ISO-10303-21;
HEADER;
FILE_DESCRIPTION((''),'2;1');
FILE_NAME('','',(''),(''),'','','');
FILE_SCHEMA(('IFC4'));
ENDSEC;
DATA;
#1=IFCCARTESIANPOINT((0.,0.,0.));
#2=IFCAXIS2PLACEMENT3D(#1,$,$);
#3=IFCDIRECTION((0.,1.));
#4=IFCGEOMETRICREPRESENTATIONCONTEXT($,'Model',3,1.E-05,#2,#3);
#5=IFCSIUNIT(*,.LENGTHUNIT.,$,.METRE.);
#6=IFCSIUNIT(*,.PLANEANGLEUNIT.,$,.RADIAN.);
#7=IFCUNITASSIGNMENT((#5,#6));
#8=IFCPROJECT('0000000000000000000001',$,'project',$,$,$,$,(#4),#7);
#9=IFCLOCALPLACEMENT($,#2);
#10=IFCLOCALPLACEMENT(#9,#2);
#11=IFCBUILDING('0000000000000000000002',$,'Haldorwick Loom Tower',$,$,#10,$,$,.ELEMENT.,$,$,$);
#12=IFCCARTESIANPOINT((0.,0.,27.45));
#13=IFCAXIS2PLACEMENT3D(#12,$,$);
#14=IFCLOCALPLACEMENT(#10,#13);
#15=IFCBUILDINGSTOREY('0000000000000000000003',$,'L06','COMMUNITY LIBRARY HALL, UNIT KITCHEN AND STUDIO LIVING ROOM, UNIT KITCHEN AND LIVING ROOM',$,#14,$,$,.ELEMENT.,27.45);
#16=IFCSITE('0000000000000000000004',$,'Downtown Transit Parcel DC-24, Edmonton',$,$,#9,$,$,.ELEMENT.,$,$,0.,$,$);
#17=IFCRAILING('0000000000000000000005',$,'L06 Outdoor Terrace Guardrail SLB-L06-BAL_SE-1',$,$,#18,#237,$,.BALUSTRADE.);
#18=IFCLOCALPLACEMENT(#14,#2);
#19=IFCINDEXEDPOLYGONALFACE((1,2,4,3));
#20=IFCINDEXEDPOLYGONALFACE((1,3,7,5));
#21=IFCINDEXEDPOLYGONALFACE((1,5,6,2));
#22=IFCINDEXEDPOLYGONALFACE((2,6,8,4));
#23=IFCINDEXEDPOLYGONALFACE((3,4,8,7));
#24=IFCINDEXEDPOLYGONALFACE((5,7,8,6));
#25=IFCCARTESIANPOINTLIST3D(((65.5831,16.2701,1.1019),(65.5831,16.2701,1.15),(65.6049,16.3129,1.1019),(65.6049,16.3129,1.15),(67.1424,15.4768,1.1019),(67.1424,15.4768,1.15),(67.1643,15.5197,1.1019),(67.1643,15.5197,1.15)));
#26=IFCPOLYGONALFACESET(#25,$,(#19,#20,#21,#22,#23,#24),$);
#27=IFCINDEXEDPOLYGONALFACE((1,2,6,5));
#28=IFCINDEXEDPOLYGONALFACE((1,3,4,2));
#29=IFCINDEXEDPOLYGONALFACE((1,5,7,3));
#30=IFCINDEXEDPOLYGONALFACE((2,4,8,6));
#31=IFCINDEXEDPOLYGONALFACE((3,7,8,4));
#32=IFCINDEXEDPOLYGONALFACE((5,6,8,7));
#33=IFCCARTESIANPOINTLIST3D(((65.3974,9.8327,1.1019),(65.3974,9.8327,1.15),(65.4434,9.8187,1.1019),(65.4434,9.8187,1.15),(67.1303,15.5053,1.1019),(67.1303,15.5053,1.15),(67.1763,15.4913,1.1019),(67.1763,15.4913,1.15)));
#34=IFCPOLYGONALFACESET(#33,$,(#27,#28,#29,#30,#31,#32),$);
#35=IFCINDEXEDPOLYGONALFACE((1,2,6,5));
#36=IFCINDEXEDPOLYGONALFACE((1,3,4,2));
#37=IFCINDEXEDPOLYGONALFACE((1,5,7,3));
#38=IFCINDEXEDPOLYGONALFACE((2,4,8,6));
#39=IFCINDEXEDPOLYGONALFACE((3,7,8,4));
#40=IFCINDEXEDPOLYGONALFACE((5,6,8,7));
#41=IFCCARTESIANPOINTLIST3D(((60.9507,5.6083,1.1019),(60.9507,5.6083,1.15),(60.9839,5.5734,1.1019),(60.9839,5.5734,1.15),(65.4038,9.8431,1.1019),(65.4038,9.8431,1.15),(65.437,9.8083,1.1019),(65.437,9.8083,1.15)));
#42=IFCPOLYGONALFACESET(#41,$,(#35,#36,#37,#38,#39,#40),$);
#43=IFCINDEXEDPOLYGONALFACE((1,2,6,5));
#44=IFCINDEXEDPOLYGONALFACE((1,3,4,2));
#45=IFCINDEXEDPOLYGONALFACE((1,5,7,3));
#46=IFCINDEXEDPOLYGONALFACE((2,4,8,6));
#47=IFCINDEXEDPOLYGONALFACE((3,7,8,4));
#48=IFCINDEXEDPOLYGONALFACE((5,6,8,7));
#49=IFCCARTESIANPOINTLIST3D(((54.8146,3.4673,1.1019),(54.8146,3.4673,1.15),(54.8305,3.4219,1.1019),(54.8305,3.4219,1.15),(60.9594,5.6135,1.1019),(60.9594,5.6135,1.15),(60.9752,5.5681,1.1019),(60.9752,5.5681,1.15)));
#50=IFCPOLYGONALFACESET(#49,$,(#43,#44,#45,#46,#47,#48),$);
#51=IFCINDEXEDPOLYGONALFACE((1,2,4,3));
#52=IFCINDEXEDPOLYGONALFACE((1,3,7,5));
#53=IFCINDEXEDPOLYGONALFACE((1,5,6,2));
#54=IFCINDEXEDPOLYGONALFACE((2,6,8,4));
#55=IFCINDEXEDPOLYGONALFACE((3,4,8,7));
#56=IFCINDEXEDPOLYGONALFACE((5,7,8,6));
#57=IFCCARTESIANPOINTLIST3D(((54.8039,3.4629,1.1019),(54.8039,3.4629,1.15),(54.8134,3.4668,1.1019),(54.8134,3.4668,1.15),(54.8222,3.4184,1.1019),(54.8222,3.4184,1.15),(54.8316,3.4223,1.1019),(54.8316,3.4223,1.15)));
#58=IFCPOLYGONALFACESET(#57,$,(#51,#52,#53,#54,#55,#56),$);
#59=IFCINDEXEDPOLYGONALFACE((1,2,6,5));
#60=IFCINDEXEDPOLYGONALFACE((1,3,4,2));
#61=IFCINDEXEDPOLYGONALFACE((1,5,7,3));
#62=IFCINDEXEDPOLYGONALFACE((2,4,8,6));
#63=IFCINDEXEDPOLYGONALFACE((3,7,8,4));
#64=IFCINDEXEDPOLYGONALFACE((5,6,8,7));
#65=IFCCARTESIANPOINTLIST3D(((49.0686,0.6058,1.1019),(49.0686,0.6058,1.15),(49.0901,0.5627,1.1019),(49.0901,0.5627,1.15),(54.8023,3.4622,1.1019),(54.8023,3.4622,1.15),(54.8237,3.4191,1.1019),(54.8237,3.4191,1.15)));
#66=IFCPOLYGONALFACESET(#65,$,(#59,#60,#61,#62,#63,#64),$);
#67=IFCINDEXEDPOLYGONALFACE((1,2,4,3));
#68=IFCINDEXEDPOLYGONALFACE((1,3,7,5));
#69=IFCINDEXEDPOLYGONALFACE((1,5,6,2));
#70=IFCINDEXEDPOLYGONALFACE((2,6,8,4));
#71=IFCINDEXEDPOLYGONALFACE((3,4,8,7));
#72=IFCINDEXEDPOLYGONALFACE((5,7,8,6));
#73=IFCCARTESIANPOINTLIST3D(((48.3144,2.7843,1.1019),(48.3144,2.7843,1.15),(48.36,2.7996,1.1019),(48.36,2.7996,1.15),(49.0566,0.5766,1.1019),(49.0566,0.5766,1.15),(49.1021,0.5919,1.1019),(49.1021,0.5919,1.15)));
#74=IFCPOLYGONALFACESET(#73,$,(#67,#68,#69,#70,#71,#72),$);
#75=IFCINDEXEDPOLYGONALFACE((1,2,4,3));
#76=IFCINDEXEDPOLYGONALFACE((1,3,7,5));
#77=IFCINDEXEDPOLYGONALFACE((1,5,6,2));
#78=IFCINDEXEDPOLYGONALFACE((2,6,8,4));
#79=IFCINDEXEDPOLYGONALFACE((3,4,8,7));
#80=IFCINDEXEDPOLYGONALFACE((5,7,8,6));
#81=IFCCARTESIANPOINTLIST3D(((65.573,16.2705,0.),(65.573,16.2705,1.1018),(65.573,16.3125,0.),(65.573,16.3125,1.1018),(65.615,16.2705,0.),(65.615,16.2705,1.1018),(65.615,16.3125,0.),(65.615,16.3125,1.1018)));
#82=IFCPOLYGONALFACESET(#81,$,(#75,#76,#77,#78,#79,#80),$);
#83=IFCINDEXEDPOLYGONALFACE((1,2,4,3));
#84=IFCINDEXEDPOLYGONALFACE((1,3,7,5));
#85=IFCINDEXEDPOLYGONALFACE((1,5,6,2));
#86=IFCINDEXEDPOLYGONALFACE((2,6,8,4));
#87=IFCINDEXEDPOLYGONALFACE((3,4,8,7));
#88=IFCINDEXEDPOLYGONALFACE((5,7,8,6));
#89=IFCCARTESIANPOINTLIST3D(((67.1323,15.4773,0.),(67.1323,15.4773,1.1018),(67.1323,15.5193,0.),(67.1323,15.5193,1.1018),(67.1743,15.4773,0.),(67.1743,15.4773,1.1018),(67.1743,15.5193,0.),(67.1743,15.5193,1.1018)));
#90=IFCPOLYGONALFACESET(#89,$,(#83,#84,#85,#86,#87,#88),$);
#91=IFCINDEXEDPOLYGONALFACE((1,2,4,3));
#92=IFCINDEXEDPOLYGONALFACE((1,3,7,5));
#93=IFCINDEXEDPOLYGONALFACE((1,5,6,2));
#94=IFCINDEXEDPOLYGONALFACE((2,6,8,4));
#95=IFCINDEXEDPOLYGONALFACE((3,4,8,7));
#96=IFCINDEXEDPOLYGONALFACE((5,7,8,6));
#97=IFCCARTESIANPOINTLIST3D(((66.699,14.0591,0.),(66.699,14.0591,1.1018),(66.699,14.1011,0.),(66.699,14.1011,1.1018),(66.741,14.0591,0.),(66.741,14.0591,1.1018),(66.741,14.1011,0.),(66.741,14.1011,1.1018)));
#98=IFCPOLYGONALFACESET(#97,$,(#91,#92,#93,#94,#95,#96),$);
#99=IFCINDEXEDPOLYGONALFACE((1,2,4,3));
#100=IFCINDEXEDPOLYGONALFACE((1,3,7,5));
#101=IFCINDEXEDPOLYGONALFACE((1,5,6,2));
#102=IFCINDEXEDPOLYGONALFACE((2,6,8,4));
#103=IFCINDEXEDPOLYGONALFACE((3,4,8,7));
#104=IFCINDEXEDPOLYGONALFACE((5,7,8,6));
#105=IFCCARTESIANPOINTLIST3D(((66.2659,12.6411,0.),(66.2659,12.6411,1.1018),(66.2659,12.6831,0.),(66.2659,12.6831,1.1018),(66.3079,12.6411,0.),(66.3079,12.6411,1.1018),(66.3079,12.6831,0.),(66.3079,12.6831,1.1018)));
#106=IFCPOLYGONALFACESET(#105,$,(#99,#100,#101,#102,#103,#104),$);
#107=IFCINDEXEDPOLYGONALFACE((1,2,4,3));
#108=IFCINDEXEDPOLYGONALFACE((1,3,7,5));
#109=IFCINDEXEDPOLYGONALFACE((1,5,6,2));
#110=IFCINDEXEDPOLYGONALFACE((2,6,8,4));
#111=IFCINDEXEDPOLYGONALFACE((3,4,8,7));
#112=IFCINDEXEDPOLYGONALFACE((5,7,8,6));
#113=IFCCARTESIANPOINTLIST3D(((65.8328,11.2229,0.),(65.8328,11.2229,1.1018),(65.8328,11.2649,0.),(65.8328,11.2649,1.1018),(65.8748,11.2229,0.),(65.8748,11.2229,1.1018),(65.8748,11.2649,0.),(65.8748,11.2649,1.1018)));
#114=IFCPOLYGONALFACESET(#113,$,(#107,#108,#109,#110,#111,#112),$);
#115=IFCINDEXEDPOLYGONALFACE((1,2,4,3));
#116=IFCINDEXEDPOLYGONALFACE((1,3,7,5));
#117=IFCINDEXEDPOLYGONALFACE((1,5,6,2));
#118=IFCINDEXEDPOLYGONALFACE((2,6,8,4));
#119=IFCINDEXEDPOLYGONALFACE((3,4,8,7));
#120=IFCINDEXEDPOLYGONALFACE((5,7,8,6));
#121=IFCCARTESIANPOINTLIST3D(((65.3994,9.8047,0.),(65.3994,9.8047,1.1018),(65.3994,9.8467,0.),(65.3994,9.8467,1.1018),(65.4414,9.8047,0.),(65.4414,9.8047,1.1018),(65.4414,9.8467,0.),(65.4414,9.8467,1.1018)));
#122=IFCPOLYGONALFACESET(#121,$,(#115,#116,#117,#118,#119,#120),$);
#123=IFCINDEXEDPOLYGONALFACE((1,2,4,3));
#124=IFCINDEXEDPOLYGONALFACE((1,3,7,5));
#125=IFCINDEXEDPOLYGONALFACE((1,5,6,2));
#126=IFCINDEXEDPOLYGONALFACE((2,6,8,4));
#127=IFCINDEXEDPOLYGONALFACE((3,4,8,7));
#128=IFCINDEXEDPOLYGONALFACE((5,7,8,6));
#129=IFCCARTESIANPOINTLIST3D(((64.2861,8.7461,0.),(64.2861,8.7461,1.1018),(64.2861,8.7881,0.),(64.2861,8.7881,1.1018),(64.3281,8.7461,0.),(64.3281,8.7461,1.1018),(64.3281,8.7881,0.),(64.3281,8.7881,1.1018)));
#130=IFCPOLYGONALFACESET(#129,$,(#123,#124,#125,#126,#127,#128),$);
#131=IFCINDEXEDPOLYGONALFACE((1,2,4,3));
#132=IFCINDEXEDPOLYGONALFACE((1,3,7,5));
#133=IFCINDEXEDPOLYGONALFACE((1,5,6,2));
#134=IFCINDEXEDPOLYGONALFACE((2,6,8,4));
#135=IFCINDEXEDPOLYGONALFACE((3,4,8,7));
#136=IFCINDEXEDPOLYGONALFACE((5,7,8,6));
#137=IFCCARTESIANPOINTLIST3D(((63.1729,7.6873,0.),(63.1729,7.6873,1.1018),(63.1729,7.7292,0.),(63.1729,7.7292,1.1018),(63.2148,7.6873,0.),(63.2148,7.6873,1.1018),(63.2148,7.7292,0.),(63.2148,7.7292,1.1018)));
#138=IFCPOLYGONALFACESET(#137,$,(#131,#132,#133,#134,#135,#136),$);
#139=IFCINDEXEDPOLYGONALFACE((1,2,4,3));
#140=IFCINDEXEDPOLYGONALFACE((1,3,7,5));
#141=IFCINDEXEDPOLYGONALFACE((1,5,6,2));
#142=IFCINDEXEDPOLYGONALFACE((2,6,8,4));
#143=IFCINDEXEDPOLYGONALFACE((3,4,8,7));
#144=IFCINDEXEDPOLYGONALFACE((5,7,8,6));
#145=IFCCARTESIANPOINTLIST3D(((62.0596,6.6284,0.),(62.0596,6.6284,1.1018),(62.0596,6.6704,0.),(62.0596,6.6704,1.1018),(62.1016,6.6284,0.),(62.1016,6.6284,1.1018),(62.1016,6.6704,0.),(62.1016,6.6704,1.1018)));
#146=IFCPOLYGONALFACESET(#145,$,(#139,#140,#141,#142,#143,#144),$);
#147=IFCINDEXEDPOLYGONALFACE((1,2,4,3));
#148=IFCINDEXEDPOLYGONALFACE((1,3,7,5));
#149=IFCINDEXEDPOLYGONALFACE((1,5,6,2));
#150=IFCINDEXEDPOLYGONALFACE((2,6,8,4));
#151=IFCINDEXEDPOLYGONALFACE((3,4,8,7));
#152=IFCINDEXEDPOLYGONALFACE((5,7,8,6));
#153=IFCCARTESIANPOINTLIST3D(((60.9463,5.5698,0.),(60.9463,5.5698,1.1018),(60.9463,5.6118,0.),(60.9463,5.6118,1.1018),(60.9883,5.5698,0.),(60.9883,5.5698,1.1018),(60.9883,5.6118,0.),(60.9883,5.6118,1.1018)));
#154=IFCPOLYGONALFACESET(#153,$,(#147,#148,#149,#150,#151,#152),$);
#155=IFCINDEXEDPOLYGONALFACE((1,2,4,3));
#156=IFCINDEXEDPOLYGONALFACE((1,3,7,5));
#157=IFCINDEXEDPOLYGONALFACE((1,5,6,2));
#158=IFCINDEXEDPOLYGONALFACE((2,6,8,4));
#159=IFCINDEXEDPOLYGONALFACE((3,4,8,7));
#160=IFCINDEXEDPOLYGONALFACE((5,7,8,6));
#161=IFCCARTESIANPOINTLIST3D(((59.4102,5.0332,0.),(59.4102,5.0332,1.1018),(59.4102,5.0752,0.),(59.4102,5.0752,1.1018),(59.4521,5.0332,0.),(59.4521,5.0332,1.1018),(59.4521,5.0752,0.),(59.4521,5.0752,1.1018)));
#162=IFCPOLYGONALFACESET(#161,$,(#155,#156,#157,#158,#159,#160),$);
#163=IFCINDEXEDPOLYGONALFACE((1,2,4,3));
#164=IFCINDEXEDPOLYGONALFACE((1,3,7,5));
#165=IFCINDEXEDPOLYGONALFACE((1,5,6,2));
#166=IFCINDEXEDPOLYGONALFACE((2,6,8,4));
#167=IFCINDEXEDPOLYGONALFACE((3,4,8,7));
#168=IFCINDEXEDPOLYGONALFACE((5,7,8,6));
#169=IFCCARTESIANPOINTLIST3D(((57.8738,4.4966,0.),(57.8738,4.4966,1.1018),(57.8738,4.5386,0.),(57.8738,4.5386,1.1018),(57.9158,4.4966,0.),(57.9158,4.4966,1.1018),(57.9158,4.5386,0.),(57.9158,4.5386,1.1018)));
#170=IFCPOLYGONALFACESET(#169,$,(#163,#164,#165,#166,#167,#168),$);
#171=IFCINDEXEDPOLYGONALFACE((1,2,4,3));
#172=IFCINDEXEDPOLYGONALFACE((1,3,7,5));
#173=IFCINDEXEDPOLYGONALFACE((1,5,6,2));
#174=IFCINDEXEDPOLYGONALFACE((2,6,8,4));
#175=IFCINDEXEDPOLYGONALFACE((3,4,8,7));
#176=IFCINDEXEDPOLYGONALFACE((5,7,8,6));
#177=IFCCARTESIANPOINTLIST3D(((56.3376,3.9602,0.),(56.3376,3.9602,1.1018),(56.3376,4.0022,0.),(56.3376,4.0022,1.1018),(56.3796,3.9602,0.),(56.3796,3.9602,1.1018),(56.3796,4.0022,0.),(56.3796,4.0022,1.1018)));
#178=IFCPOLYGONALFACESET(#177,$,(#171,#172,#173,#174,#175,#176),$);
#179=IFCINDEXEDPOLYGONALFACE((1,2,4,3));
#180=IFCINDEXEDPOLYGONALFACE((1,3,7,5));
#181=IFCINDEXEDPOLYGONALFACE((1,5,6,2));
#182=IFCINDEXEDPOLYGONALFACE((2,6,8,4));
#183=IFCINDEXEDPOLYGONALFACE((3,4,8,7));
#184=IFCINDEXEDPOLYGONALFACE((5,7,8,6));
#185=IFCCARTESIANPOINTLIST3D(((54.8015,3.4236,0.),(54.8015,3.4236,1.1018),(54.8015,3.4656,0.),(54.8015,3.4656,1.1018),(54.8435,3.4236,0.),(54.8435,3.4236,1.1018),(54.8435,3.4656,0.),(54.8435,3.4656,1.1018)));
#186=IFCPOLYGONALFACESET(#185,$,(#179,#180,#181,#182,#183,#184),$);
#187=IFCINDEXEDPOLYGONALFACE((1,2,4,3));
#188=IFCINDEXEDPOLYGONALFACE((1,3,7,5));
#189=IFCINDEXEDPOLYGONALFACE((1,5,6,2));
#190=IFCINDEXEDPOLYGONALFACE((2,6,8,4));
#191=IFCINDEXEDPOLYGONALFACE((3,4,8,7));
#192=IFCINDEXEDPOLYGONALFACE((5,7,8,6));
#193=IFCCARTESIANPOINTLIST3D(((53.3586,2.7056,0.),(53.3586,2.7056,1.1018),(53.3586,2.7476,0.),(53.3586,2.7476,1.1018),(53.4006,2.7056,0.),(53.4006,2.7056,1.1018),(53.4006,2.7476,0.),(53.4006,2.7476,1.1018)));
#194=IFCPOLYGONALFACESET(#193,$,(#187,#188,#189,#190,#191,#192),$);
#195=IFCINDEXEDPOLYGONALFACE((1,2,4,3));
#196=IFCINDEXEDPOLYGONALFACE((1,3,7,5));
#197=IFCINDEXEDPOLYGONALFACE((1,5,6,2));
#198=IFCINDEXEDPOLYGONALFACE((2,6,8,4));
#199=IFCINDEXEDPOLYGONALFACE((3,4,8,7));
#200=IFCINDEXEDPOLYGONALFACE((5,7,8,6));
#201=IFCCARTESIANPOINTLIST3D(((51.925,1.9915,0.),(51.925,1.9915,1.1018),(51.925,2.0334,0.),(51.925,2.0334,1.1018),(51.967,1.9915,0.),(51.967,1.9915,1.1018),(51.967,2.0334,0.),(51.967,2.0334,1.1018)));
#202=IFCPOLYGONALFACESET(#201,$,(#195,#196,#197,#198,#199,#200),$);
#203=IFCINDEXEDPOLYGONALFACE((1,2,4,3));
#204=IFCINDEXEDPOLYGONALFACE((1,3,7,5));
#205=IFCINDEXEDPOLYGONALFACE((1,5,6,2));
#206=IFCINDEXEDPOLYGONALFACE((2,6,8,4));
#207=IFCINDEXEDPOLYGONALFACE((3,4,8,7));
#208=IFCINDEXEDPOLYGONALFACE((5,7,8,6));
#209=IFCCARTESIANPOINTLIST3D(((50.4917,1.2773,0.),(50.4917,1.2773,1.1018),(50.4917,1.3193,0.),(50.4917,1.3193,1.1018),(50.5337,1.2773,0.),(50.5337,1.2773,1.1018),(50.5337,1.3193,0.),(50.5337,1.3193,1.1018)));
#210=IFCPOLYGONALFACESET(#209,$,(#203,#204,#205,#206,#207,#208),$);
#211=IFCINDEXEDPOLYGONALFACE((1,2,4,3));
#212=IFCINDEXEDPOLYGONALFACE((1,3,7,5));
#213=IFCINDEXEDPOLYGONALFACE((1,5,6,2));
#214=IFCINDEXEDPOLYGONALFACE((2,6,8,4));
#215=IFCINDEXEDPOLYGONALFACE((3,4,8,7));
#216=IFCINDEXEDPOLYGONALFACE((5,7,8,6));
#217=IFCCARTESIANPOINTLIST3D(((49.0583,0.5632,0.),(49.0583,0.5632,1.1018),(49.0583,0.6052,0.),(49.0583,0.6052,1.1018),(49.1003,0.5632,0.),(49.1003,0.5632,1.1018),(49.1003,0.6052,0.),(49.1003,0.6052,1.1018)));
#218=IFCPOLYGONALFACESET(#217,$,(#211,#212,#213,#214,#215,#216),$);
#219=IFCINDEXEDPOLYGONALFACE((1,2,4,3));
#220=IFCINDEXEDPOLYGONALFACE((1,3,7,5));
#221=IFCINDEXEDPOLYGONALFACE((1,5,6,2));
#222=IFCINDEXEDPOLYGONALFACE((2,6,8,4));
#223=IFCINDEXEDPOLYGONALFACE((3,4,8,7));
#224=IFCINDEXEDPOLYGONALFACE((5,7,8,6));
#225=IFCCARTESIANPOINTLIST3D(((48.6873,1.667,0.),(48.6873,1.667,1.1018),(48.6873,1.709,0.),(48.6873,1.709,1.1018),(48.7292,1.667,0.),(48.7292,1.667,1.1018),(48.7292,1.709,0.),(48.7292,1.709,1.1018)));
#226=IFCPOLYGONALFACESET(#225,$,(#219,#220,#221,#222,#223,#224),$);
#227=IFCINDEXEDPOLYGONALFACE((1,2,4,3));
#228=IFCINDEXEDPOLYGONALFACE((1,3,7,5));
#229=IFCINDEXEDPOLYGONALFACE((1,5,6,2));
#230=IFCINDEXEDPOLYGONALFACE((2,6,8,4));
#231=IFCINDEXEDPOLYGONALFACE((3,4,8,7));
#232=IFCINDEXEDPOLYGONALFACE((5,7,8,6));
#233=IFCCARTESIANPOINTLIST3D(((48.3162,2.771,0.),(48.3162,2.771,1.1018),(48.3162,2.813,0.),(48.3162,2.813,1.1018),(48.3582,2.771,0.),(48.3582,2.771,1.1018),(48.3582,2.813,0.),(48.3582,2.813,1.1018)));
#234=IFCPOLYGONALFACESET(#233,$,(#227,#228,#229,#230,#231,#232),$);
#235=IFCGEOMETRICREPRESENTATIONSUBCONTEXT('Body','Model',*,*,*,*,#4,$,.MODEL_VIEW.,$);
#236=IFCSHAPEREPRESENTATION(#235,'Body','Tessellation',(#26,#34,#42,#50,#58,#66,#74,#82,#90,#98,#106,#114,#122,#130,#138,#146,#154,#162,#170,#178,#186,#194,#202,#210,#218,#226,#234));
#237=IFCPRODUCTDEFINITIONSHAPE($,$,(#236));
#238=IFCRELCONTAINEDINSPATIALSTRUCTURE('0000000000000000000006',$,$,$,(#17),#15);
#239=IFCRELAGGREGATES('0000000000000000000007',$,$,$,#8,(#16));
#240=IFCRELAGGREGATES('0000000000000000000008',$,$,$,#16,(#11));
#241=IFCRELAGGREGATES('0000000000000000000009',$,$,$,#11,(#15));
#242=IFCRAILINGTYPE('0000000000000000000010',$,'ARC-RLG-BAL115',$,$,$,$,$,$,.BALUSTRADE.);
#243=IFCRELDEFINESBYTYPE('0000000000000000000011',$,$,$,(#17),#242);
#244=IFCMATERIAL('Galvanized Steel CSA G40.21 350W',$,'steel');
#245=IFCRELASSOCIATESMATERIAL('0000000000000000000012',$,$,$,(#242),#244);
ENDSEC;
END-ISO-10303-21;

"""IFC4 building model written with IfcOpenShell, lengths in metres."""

from ifc_helpers import new_model, si_unit, direction, frame, origin, origin_2d, place, context, subcontext, project, spatial, rectangle, extrude, material, type_object, element, save


model = new_model("IFC4")

# Units and contexts
model_context = context("Model", 3, precision=1e-05, world=origin(), true_north=direction((0.0, 1.0)))
body_context = subcontext(model_context, "Body", "Model", "MODEL_VIEW")
ifc_project = project(units=[si_unit("LENGTHUNIT", "METRE"), si_unit("PLANEANGLEUNIT", "RADIAN")], contexts=[model_context])

# Site, building, storey
site_placement = place(None, origin())
site = spatial("IfcSite", under=ifc_project, at=site_placement, Name="Downtown Transit Parcel DC-24, Edmonton", CompositionType="ELEMENT", RefElevation=0.0)
building_placement = place(site_placement, origin())
building = spatial("IfcBuilding", under=site, at=building_placement, Name="Haldorwick Loom Tower", CompositionType="ELEMENT")
storey_placement = place(building_placement, frame((0.0, 0.0, 27.45)))
storey = spatial("IfcBuildingStorey", under=building, at=storey_placement, Name="L06", Description="COMMUNITY LIBRARY HALL, UNIT KITCHEN AND STUDIO LIVING ROOM, UNIT KITCHEN AND LIVING ROOM", CompositionType="ELEMENT", Elevation=27.45)

# Railing
ifc_material_1 = material(Name="Galvanized Steel CSA G40.21 350W", Category="steel")
railing_type = type_object("IfcRailingType", Name="ARC-RLG-BAL115", PredefinedType="BALUSTRADE", material=ifc_material_1)
railing_placement = place(storey_placement, frame((65.594, 16.2915, 0.0)))
element("IfcRailing", 1, at=railing_placement, inside=storey, type_object=railing_type, Name="L06 Outdoor Terrace Guardrail SLB-L06-BAL_SE-1", PredefinedType="BALUSTRADE", context=body_context, shape_type="SweptSolid", body=[
    extrude(rectangle(XDim=0.0481, YDim=0.0481, at=origin_2d()), frame((0.0, 0.0, 1.126), z_axis=(0.891308, -0.453399, 0.0), x_axis=(0.453399, 0.891308, 0.0)), (0.0, 0.0, 1.0), 1.7495),
    extrude(rectangle(XDim=0.0481, YDim=0.0481, at=origin_2d()), frame((1.5593, -0.7932, 1.126), z_axis=(-0.292159, -0.95637, 0.0), x_axis=(0.95637, -0.292159, 0.0)), (0.0, 0.0, 1.0), 5.9314),
    extrude(rectangle(XDim=0.0481, YDim=0.0481, at=origin_2d()), frame((-0.1736, -6.4658, 1.126), z_axis=(-0.724642, -0.689125, 0.0), x_axis=(0.689125, -0.724642, 0.0)), (0.0, 0.0, 1.0), 6.1453),
    extrude(rectangle(XDim=0.0481, YDim=0.0481, at=origin_2d()), frame((-4.6267, -10.7007, 1.126), z_axis=(-0.94407, -0.329744, 0.0), x_axis=(0.329744, -0.94407, 0.0)), (0.0, 0.0, 1.0), 6.5088),
    extrude(rectangle(XDim=0.0481, YDim=0.0481, at=origin_2d()), frame((-10.7715, -12.8469, 1.126), z_axis=(-0.925169, -0.379556, 0.0), x_axis=(0.379556, -0.925169, 0.0)), (0.0, 0.0, 1.0), 0.0103),
    extrude(rectangle(XDim=0.0481, YDim=0.0481, at=origin_2d()), frame((-10.781, -12.8508, 1.126), z_axis=(-0.895074, -0.445917, 0.0), x_axis=(0.445917, -0.895074, 0.0)), (0.0, 0.0, 1.0), 6.4058),
    extrude(rectangle(XDim=0.0481, YDim=0.0481, at=origin_2d()), frame((-16.5146, -15.7073, 1.126), z_axis=(-0.318648, 0.947873, 0.0), x_axis=(-0.947873, -0.318648, 0.0)), (0.0, 0.0, 1.0), 2.3291),
    extrude(rectangle(XDim=0.042, YDim=0.042, at=origin_2d()), origin(), (0.0, 0.0, 1.0), 1.1018),
    extrude(rectangle(XDim=0.042, YDim=0.042, at=origin_2d()), frame((1.5593, -0.7932, 0.0)), (0.0, 0.0, 1.0), 1.1018),
    extrude(rectangle(XDim=0.042, YDim=0.042, at=origin_2d()), frame((1.126, -2.2114, 0.0)), (0.0, 0.0, 1.0), 1.1018),
    extrude(rectangle(XDim=0.042, YDim=0.042, at=origin_2d()), frame((0.6929, -3.6294, 0.0)), (0.0, 0.0, 1.0), 1.1018),
    extrude(rectangle(XDim=0.042, YDim=0.042, at=origin_2d()), frame((0.2598, -5.0476, 0.0)), (0.0, 0.0, 1.0), 1.1018),
    extrude(rectangle(XDim=0.042, YDim=0.042, at=origin_2d()), frame((-0.1736, -6.4658, 0.0)), (0.0, 0.0, 1.0), 1.1018),
    extrude(rectangle(XDim=0.042, YDim=0.042, at=origin_2d()), frame((-1.2869, -7.5244, 0.0)), (0.0, 0.0, 1.0), 1.1018),
    extrude(rectangle(XDim=0.042, YDim=0.042, at=origin_2d()), frame((-2.4001, -8.5833, 0.0)), (0.0, 0.0, 1.0), 1.1018),
    extrude(rectangle(XDim=0.042, YDim=0.042, at=origin_2d()), frame((-3.5134, -9.6421, 0.0)), (0.0, 0.0, 1.0), 1.1018),
    extrude(rectangle(XDim=0.042, YDim=0.042, at=origin_2d()), frame((-4.6267, -10.7007, 0.0)), (0.0, 0.0, 1.0), 1.1018),
    extrude(rectangle(XDim=0.042, YDim=0.042, at=origin_2d()), frame((-6.1628, -11.2373, 0.0)), (0.0, 0.0, 1.0), 1.1018),
    extrude(rectangle(XDim=0.042, YDim=0.042, at=origin_2d()), frame((-7.6992, -11.7739, 0.0)), (0.0, 0.0, 1.0), 1.1018),
    extrude(rectangle(XDim=0.042, YDim=0.042, at=origin_2d()), frame((-9.2354, -12.3103, 0.0)), (0.0, 0.0, 1.0), 1.1018),
    extrude(rectangle(XDim=0.042, YDim=0.042, at=origin_2d()), frame((-10.7715, -12.8469, 0.0)), (0.0, 0.0, 1.0), 1.1018),
    extrude(rectangle(XDim=0.042, YDim=0.042, at=origin_2d()), frame((-12.2144, -13.5649, 0.0)), (0.0, 0.0, 1.0), 1.1018),
    extrude(rectangle(XDim=0.042, YDim=0.042, at=origin_2d()), frame((-13.6479, -14.2791, 0.0)), (0.0, 0.0, 1.0), 1.1018),
    extrude(rectangle(XDim=0.042, YDim=0.042, at=origin_2d()), frame((-15.0813, -14.9932, 0.0)), (0.0, 0.0, 1.0), 1.1018),
    extrude(rectangle(XDim=0.042, YDim=0.042, at=origin_2d()), frame((-16.5146, -15.7073, 0.0)), (0.0, 0.0, 1.0), 1.1018),
    extrude(rectangle(XDim=0.042, YDim=0.042, at=origin_2d()), frame((-16.8857, -14.6035, 0.0)), (0.0, 0.0, 1.0), 1.1018),
    extrude(rectangle(XDim=0.042, YDim=0.042, at=origin_2d()), frame((-17.2568, -13.4995, 0.0)), (0.0, 0.0, 1.0), 1.1018),
])

save(model, "model.ifc")
